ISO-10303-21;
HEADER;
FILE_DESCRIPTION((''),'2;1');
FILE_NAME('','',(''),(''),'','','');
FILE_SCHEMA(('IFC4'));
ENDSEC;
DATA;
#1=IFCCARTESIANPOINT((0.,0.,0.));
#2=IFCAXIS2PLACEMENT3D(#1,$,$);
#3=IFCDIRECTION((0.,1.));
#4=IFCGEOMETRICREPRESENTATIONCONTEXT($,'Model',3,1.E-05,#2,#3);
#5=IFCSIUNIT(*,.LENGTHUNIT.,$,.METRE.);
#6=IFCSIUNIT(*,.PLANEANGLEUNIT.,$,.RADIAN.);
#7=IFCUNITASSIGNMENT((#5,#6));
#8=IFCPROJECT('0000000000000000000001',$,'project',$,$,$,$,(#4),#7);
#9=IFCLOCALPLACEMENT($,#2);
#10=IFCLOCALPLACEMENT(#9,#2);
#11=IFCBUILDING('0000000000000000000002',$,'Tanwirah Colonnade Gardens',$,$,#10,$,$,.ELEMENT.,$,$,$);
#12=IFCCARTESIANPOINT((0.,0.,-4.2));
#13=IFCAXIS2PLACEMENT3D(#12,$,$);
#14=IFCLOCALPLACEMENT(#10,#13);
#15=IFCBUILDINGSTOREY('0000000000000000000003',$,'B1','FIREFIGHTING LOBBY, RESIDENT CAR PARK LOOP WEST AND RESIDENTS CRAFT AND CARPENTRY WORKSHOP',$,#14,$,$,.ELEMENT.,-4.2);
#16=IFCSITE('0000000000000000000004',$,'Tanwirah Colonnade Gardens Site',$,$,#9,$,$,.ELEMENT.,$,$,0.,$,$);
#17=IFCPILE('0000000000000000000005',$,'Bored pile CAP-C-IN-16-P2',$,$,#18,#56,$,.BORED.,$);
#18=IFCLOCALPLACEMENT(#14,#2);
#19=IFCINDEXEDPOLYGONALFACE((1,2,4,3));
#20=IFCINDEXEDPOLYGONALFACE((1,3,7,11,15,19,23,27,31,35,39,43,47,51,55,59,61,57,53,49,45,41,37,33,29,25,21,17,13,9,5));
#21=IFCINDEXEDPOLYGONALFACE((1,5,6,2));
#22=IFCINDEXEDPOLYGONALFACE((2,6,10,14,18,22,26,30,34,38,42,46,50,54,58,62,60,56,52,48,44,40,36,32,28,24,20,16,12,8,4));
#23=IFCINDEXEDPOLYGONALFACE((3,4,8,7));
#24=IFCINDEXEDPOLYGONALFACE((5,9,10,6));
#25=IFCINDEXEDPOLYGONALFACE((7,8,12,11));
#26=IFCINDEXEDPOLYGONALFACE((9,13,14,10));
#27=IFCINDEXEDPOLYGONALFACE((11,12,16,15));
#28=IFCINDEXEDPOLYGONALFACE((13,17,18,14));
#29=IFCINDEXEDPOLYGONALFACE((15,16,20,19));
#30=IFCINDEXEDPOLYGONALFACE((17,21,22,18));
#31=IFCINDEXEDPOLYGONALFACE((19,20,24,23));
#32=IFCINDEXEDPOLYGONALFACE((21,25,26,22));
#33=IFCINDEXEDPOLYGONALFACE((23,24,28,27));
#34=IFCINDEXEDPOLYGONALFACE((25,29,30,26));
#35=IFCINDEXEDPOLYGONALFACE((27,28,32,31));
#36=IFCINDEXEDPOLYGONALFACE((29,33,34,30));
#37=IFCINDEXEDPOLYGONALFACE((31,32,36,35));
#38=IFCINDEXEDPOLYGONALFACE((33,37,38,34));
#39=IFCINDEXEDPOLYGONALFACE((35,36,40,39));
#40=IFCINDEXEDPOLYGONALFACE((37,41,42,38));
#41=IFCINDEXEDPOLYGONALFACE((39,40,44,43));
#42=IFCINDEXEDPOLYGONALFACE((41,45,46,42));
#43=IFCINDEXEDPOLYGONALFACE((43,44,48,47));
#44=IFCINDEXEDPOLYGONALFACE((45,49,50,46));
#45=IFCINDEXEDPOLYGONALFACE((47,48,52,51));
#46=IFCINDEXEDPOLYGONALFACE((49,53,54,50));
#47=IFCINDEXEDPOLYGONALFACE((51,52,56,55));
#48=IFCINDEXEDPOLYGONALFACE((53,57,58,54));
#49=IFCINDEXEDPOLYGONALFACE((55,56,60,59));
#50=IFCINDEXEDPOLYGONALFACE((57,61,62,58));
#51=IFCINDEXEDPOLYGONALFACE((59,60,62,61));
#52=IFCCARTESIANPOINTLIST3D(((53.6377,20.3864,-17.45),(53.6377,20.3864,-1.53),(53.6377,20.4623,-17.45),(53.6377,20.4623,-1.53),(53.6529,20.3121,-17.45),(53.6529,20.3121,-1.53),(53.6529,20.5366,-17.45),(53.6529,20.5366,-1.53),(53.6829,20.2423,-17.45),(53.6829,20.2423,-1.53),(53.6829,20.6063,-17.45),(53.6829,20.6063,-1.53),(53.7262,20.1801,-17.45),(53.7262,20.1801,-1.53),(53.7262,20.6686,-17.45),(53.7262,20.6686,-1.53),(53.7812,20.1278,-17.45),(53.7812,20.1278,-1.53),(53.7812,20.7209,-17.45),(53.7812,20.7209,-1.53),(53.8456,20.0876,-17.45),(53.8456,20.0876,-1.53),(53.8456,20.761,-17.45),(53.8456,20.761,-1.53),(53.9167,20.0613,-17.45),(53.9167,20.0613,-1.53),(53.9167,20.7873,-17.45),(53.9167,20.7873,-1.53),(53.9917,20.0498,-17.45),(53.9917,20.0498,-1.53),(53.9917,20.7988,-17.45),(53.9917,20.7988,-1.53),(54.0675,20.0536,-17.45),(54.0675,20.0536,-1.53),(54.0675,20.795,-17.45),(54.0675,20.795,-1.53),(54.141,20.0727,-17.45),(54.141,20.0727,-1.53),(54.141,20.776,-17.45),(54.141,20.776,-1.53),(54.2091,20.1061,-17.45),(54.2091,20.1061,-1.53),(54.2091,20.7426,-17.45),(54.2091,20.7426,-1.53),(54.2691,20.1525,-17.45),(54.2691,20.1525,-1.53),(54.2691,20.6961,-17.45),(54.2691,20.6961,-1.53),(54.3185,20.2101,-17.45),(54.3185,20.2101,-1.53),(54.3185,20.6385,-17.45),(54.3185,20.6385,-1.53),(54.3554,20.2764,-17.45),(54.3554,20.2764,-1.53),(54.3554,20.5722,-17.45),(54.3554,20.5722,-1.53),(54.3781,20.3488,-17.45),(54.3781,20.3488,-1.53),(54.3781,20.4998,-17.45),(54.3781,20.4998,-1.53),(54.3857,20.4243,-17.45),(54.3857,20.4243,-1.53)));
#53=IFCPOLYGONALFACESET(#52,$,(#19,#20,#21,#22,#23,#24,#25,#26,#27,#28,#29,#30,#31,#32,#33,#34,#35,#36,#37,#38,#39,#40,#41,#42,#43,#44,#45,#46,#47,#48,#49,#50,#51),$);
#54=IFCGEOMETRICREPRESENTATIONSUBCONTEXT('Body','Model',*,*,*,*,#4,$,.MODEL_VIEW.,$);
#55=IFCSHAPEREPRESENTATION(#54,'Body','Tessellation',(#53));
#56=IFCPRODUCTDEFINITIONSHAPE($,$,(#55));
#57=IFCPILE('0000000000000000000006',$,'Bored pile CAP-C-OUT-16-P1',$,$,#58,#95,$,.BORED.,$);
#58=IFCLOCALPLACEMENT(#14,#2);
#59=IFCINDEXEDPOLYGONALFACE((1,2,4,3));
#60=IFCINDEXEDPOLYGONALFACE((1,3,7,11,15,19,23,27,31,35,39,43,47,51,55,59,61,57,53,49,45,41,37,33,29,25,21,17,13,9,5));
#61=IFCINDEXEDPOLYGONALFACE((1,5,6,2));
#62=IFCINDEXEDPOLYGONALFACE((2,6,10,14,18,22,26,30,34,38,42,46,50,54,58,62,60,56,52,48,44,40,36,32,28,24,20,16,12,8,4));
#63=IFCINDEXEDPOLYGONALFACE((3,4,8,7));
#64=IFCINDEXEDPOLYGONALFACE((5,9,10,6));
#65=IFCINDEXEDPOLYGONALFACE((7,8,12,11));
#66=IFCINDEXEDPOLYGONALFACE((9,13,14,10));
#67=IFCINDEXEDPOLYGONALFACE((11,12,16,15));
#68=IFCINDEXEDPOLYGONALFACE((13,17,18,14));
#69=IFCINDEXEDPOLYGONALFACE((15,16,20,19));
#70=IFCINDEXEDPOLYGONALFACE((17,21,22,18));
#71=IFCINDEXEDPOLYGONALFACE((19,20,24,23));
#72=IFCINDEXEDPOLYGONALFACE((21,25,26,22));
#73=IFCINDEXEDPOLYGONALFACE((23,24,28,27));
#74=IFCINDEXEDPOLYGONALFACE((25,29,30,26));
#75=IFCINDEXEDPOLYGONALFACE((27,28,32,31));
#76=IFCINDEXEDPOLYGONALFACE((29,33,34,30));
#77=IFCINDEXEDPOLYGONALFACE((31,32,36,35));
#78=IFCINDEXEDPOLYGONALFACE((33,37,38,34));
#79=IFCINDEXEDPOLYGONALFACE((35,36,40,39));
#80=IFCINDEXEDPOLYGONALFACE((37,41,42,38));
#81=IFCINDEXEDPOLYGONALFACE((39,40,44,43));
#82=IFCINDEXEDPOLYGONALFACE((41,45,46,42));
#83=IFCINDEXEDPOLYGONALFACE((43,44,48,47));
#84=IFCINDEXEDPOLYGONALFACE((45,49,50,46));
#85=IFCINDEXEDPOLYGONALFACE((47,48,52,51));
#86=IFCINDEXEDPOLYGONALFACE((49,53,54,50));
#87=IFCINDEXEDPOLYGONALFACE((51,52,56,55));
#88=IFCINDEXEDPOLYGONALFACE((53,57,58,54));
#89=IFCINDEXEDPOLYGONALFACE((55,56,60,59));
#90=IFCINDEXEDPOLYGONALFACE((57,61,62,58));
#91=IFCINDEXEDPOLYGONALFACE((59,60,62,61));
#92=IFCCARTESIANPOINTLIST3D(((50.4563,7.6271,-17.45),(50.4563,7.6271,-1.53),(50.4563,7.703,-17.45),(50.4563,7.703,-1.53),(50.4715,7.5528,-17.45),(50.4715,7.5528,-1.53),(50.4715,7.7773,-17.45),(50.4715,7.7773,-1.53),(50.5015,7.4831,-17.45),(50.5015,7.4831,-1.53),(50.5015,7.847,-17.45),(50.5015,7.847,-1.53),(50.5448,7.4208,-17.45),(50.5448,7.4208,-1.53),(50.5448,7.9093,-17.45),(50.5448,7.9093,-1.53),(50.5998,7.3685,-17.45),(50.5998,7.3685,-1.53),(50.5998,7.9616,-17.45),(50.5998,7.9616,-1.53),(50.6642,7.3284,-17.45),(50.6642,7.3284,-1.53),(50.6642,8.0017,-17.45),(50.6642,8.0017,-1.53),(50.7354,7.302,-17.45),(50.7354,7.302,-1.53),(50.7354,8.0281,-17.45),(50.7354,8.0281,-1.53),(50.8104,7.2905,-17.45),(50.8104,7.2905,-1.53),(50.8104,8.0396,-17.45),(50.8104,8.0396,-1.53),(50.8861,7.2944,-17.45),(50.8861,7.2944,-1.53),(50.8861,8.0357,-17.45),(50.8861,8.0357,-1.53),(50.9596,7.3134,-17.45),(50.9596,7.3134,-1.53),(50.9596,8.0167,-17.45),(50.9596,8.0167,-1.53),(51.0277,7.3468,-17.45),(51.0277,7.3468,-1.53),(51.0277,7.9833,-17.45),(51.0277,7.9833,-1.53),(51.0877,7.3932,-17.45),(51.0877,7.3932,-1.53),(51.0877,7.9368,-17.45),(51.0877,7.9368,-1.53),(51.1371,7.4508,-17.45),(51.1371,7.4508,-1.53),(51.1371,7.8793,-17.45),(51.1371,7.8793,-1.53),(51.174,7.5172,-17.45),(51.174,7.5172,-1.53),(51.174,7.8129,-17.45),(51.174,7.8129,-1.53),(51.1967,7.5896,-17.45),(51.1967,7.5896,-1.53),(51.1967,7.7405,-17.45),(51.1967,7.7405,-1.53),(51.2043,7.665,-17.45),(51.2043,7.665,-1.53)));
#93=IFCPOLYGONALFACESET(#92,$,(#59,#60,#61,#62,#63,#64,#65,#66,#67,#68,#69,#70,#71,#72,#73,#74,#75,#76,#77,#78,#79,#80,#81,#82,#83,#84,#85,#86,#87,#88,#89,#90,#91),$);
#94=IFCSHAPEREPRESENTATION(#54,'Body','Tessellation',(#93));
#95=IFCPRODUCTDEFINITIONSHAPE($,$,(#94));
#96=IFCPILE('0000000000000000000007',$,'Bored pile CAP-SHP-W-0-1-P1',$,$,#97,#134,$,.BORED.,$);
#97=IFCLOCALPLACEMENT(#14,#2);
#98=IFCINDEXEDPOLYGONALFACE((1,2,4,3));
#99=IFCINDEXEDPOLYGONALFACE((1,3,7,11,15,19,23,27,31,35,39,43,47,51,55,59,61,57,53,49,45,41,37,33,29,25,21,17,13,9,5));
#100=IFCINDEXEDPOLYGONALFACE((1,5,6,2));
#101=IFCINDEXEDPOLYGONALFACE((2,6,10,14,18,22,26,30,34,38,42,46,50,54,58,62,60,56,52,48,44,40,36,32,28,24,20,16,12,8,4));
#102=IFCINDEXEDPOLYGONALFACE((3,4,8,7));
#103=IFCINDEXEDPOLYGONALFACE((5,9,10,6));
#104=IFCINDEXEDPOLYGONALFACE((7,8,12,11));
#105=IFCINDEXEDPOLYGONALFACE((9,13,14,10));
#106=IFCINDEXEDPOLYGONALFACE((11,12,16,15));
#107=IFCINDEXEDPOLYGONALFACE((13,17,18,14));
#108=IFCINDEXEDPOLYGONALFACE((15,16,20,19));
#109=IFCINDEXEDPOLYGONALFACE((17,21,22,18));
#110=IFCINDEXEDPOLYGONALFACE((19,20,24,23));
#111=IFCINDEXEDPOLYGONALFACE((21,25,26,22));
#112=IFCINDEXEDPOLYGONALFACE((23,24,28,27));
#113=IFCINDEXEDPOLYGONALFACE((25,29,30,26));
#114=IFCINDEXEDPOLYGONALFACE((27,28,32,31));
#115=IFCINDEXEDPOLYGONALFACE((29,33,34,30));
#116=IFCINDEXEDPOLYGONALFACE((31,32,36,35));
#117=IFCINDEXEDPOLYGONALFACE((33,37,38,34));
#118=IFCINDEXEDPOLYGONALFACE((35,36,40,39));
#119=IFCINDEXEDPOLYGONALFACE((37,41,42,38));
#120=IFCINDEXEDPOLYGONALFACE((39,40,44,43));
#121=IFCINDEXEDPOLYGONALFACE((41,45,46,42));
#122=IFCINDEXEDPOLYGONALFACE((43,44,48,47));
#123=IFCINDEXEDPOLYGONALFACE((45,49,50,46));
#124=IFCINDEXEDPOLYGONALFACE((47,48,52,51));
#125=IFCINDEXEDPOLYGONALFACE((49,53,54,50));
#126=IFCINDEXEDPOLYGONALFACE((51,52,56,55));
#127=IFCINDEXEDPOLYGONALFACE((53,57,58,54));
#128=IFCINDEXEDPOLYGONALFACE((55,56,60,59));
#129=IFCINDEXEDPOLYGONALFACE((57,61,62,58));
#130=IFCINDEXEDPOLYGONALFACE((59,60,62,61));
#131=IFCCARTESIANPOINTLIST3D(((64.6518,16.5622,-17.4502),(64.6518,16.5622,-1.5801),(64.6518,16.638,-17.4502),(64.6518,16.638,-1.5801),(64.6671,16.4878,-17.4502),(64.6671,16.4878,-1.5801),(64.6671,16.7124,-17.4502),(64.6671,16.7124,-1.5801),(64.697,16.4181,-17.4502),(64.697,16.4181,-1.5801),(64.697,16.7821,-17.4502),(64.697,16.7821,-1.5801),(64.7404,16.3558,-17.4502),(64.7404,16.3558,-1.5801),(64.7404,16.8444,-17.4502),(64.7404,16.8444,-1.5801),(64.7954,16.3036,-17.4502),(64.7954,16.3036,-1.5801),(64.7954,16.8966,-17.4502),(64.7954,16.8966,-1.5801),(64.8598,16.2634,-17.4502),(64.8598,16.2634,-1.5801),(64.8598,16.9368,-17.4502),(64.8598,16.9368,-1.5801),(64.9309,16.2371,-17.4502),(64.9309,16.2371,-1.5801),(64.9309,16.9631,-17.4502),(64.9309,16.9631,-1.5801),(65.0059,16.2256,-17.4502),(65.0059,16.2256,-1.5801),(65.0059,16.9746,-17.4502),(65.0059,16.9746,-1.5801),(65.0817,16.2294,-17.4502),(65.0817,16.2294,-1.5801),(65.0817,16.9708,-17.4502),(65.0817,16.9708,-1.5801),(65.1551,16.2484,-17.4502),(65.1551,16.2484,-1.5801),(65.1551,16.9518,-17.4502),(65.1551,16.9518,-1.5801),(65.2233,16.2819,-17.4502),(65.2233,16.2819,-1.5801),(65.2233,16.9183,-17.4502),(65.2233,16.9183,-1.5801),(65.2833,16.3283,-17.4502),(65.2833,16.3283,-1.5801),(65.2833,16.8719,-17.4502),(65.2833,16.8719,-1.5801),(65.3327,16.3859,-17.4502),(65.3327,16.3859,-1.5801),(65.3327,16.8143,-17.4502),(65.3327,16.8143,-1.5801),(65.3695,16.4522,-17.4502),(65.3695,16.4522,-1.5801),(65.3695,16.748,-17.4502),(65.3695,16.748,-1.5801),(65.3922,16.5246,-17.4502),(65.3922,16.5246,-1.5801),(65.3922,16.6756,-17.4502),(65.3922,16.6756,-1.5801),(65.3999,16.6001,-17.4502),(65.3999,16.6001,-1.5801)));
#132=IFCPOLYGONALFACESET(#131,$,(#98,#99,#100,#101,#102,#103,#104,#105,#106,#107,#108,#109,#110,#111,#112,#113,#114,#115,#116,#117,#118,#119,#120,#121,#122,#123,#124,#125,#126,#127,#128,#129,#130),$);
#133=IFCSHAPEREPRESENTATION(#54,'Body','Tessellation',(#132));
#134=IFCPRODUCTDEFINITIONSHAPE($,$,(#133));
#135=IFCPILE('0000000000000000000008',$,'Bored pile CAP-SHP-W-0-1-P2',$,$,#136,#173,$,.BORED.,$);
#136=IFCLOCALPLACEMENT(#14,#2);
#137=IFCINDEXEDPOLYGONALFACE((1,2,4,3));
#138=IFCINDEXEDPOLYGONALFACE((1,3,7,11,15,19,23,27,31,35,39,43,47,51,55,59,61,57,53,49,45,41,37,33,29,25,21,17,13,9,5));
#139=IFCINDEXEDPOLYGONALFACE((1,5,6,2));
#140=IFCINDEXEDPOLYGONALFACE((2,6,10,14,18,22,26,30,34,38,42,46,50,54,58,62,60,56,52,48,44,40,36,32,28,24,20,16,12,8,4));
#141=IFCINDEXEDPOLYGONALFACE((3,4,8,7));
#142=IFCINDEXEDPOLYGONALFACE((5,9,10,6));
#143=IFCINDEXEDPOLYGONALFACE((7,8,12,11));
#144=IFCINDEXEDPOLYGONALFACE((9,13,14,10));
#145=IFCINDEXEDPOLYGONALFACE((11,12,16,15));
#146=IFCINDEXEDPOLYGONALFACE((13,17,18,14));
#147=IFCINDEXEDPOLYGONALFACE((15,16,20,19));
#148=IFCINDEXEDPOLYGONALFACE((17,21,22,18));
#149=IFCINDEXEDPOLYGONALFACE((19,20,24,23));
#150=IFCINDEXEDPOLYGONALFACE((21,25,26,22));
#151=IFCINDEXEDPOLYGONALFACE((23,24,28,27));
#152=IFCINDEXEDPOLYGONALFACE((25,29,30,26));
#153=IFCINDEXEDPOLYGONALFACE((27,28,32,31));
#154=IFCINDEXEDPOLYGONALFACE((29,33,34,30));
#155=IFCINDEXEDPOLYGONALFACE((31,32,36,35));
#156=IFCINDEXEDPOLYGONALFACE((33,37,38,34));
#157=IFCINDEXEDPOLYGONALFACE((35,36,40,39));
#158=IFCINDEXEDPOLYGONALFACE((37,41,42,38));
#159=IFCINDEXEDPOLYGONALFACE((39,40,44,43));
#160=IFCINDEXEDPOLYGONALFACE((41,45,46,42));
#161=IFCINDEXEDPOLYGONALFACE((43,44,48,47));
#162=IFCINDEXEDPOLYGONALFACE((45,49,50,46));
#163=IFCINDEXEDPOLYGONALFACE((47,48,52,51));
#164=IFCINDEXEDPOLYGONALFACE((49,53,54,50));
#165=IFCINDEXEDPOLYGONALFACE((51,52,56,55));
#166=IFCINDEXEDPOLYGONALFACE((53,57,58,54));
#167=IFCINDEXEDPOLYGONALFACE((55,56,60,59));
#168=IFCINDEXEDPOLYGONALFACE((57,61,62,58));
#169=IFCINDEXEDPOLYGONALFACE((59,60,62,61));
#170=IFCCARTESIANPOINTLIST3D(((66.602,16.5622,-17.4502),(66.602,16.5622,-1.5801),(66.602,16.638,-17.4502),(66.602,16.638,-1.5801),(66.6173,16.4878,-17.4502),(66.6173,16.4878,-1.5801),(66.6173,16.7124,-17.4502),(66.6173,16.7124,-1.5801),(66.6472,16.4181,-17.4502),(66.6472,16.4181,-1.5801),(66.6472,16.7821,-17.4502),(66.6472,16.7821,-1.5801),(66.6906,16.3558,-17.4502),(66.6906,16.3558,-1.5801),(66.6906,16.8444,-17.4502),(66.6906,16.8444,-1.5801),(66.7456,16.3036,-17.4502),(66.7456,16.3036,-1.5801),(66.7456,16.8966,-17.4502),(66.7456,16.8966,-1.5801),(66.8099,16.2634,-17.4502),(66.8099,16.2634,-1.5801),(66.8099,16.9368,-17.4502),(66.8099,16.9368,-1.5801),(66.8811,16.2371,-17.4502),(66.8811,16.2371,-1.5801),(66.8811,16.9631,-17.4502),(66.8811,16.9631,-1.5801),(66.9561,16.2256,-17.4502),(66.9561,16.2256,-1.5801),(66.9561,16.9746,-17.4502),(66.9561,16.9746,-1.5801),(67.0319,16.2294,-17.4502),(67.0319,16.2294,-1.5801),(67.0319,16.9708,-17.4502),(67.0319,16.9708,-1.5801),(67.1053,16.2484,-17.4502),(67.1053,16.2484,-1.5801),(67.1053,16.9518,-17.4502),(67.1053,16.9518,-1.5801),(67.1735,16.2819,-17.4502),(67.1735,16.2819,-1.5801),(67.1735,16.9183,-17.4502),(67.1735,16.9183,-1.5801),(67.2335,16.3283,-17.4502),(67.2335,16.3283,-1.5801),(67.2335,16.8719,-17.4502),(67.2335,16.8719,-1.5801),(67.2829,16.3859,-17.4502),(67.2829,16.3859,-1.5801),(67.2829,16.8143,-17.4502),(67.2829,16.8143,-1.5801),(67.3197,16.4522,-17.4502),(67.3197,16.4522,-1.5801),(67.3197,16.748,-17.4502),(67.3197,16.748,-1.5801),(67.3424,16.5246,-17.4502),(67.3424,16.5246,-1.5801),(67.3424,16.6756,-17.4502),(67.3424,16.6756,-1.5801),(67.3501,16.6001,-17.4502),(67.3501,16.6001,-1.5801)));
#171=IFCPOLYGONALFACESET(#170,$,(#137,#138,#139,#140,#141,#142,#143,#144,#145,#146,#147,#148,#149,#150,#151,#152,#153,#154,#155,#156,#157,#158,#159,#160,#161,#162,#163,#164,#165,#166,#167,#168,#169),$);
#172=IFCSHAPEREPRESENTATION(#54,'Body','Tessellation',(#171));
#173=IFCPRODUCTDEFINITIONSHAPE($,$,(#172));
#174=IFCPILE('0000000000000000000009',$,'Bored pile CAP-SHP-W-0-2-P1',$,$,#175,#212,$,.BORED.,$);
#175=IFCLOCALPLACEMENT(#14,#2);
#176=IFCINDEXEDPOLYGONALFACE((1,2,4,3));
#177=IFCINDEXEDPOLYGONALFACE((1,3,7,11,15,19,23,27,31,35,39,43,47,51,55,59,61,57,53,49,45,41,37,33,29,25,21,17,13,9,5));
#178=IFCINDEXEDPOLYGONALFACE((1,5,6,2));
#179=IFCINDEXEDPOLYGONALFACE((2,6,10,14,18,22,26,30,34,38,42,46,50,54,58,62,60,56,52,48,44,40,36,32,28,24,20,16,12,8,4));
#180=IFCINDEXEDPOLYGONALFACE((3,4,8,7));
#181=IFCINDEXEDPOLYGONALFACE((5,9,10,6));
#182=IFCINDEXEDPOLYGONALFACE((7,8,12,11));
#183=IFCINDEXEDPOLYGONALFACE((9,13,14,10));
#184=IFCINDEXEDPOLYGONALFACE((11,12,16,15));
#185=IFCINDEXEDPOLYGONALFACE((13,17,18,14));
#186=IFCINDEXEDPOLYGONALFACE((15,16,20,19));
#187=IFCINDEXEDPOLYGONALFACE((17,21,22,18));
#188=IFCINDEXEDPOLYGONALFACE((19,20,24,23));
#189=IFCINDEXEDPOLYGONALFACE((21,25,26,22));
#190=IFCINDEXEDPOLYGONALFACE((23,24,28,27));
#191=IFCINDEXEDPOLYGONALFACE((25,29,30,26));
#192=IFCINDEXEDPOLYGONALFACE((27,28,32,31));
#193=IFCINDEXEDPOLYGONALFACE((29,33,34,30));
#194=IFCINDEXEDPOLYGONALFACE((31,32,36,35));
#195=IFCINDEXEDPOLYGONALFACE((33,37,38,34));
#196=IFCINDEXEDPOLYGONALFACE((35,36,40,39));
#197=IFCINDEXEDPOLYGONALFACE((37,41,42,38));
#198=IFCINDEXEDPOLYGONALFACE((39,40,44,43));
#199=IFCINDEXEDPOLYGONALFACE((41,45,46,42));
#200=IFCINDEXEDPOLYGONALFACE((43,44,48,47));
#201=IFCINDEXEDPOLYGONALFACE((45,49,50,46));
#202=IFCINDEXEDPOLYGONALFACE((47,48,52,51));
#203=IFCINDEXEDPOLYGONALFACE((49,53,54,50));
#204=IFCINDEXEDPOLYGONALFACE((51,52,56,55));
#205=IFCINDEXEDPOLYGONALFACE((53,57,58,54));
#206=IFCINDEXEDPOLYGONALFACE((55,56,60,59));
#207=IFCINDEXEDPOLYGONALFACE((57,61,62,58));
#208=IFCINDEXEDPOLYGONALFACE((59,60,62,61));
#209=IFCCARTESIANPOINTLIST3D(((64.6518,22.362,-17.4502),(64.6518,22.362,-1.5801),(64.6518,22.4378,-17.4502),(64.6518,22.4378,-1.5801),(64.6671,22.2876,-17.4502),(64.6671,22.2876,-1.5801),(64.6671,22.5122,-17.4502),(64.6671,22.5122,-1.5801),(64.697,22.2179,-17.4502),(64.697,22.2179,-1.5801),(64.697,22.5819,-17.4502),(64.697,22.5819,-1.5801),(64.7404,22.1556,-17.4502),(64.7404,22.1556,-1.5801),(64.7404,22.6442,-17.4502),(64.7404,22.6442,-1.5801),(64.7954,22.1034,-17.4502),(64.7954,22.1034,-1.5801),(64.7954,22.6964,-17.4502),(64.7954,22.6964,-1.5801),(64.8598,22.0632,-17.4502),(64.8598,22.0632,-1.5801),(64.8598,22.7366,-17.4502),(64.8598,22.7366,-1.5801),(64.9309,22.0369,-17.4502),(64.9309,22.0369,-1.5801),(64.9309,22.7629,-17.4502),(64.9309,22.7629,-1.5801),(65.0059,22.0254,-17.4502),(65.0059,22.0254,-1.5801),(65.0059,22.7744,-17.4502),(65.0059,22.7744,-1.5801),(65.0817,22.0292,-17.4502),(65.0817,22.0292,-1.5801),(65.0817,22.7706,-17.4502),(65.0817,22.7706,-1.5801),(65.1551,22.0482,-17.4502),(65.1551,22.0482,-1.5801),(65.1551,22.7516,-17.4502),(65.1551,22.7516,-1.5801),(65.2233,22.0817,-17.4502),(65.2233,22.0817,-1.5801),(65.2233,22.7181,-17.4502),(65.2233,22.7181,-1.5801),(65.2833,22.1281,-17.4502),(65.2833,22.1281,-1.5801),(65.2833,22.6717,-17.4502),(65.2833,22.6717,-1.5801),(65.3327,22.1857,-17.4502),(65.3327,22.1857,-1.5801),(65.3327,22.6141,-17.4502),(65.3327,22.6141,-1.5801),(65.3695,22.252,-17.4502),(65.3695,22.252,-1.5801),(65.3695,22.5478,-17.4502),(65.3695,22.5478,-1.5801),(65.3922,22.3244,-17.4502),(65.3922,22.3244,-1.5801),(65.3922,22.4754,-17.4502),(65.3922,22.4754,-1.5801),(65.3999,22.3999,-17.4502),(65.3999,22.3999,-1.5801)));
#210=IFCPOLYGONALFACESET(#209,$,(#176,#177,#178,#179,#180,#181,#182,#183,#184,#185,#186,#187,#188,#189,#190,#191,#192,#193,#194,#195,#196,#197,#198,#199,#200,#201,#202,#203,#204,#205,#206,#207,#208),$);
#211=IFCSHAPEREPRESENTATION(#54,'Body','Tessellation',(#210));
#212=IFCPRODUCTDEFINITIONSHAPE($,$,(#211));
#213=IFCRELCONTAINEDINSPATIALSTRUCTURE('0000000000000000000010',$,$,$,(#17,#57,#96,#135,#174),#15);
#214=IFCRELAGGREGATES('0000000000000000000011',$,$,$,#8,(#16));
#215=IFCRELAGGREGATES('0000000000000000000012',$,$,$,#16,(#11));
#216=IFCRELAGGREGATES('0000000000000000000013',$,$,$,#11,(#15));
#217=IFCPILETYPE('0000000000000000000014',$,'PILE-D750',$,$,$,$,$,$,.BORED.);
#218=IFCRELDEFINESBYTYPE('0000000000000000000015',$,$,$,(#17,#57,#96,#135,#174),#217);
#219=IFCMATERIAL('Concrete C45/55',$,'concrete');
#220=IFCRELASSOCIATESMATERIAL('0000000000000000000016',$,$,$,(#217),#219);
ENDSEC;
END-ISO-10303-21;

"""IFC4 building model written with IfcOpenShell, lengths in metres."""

from ifc_helpers import new_model, si_unit, direction, frame, origin, origin_2d, place, context, subcontext, project, spatial, circle, extrude, material, material_profile, profile_set, type_object, element, save


model = new_model("IFC4")

# Units and contexts
model_context = context("Model", 3, precision=1e-05, world=origin(), true_north=direction((0.0, 1.0)))
body_context = subcontext(model_context, "Body", "Model", "MODEL_VIEW")
ifc_project = project(units=[si_unit("LENGTHUNIT", "METRE"), si_unit("PLANEANGLEUNIT", "RADIAN")], contexts=[model_context])

# Site, building, storey
site_placement = place(None, origin())
site = spatial("IfcSite", under=ifc_project, at=site_placement, Name="Tanwirah Colonnade Gardens Site", CompositionType="ELEMENT", RefElevation=0.0)
building_placement = place(site_placement, origin())
building = spatial("IfcBuilding", under=site, at=building_placement, Name="Tanwirah Colonnade Gardens", CompositionType="ELEMENT")
storey_placement = place(building_placement, frame((0.0, 0.0, -4.2)))
storey = spatial("IfcBuildingStorey", under=building, at=storey_placement, Name="B1", Description="FIREFIGHTING LOBBY, RESIDENT CAR PARK LOOP WEST AND RESIDENTS CRAFT AND CARPENTRY WORKSHOP", CompositionType="ELEMENT", Elevation=-4.2)

# Shared definitions
ifc_material_1 = material(Name="Concrete C45/55", Category="concrete")

# Piles
ifc_material_profile_1 = material_profile(ifc_material_1, circle(Radius=0.375, at=origin_2d()), Name="PILE D750")
ifc_profile_set_1 = profile_set([ifc_material_profile_1], Name="Concrete C45/55")
pile_type_1 = type_object("IfcPileType", Name="PILE-D750", PredefinedType="BORED", material=ifc_profile_set_1)
for number, where, z_axis, x_axis, name in (
    (1, (54.0107, 20.4243, -1.53), (0.0, 0.0, -1.0), (1.0, 0.0, 0.0), "Bored pile CAP-C-IN-16-P2"),
    (2, (50.8293, 7.665, -1.53), (0.0, 0.0, -1.0), (1.0, 0.0, 0.0), "Bored pile CAP-C-OUT-16-P1"),
):
    element("IfcPile", number, at=place(storey_placement, frame(where, z_axis=z_axis, x_axis=x_axis)), inside=storey, type_object=pile_type_1, Name=name, PredefinedType="BORED", context=body_context, shape_type="SweptSolid", body=[
        extrude(circle(Radius=0.375, at=origin_2d()), origin(), (0.0, 0.0, 1.0), 15.9199),
    ])
for number, where, z_axis, x_axis, name in (
    (3, (65.0249, 16.6001, -1.5801), (0.0, 0.0, -1.0), (1.0, 0.0, 0.0), "Bored pile CAP-SHP-W-0-1-P1"),
    (4, (66.9751, 16.6001, -1.5801), (0.0, 0.0, -1.0), (1.0, 0.0, 0.0), "Bored pile CAP-SHP-W-0-1-P2"),
    (5, (65.0249, 22.3999, -1.5801), (0.0, 0.0, -1.0), (1.0, 0.0, 0.0), "Bored pile CAP-SHP-W-0-2-P1"),
):
    element("IfcPile", number, at=place(storey_placement, frame(where, z_axis=z_axis, x_axis=x_axis)), inside=storey, type_object=pile_type_1, Name=name, PredefinedType="BORED", context=body_context, shape_type="SweptSolid", body=[
        extrude(circle(Radius=0.375, at=origin_2d()), origin(), (0.0, 0.0, 1.0), 15.8701),
    ])

save(model, "model.ifc")
